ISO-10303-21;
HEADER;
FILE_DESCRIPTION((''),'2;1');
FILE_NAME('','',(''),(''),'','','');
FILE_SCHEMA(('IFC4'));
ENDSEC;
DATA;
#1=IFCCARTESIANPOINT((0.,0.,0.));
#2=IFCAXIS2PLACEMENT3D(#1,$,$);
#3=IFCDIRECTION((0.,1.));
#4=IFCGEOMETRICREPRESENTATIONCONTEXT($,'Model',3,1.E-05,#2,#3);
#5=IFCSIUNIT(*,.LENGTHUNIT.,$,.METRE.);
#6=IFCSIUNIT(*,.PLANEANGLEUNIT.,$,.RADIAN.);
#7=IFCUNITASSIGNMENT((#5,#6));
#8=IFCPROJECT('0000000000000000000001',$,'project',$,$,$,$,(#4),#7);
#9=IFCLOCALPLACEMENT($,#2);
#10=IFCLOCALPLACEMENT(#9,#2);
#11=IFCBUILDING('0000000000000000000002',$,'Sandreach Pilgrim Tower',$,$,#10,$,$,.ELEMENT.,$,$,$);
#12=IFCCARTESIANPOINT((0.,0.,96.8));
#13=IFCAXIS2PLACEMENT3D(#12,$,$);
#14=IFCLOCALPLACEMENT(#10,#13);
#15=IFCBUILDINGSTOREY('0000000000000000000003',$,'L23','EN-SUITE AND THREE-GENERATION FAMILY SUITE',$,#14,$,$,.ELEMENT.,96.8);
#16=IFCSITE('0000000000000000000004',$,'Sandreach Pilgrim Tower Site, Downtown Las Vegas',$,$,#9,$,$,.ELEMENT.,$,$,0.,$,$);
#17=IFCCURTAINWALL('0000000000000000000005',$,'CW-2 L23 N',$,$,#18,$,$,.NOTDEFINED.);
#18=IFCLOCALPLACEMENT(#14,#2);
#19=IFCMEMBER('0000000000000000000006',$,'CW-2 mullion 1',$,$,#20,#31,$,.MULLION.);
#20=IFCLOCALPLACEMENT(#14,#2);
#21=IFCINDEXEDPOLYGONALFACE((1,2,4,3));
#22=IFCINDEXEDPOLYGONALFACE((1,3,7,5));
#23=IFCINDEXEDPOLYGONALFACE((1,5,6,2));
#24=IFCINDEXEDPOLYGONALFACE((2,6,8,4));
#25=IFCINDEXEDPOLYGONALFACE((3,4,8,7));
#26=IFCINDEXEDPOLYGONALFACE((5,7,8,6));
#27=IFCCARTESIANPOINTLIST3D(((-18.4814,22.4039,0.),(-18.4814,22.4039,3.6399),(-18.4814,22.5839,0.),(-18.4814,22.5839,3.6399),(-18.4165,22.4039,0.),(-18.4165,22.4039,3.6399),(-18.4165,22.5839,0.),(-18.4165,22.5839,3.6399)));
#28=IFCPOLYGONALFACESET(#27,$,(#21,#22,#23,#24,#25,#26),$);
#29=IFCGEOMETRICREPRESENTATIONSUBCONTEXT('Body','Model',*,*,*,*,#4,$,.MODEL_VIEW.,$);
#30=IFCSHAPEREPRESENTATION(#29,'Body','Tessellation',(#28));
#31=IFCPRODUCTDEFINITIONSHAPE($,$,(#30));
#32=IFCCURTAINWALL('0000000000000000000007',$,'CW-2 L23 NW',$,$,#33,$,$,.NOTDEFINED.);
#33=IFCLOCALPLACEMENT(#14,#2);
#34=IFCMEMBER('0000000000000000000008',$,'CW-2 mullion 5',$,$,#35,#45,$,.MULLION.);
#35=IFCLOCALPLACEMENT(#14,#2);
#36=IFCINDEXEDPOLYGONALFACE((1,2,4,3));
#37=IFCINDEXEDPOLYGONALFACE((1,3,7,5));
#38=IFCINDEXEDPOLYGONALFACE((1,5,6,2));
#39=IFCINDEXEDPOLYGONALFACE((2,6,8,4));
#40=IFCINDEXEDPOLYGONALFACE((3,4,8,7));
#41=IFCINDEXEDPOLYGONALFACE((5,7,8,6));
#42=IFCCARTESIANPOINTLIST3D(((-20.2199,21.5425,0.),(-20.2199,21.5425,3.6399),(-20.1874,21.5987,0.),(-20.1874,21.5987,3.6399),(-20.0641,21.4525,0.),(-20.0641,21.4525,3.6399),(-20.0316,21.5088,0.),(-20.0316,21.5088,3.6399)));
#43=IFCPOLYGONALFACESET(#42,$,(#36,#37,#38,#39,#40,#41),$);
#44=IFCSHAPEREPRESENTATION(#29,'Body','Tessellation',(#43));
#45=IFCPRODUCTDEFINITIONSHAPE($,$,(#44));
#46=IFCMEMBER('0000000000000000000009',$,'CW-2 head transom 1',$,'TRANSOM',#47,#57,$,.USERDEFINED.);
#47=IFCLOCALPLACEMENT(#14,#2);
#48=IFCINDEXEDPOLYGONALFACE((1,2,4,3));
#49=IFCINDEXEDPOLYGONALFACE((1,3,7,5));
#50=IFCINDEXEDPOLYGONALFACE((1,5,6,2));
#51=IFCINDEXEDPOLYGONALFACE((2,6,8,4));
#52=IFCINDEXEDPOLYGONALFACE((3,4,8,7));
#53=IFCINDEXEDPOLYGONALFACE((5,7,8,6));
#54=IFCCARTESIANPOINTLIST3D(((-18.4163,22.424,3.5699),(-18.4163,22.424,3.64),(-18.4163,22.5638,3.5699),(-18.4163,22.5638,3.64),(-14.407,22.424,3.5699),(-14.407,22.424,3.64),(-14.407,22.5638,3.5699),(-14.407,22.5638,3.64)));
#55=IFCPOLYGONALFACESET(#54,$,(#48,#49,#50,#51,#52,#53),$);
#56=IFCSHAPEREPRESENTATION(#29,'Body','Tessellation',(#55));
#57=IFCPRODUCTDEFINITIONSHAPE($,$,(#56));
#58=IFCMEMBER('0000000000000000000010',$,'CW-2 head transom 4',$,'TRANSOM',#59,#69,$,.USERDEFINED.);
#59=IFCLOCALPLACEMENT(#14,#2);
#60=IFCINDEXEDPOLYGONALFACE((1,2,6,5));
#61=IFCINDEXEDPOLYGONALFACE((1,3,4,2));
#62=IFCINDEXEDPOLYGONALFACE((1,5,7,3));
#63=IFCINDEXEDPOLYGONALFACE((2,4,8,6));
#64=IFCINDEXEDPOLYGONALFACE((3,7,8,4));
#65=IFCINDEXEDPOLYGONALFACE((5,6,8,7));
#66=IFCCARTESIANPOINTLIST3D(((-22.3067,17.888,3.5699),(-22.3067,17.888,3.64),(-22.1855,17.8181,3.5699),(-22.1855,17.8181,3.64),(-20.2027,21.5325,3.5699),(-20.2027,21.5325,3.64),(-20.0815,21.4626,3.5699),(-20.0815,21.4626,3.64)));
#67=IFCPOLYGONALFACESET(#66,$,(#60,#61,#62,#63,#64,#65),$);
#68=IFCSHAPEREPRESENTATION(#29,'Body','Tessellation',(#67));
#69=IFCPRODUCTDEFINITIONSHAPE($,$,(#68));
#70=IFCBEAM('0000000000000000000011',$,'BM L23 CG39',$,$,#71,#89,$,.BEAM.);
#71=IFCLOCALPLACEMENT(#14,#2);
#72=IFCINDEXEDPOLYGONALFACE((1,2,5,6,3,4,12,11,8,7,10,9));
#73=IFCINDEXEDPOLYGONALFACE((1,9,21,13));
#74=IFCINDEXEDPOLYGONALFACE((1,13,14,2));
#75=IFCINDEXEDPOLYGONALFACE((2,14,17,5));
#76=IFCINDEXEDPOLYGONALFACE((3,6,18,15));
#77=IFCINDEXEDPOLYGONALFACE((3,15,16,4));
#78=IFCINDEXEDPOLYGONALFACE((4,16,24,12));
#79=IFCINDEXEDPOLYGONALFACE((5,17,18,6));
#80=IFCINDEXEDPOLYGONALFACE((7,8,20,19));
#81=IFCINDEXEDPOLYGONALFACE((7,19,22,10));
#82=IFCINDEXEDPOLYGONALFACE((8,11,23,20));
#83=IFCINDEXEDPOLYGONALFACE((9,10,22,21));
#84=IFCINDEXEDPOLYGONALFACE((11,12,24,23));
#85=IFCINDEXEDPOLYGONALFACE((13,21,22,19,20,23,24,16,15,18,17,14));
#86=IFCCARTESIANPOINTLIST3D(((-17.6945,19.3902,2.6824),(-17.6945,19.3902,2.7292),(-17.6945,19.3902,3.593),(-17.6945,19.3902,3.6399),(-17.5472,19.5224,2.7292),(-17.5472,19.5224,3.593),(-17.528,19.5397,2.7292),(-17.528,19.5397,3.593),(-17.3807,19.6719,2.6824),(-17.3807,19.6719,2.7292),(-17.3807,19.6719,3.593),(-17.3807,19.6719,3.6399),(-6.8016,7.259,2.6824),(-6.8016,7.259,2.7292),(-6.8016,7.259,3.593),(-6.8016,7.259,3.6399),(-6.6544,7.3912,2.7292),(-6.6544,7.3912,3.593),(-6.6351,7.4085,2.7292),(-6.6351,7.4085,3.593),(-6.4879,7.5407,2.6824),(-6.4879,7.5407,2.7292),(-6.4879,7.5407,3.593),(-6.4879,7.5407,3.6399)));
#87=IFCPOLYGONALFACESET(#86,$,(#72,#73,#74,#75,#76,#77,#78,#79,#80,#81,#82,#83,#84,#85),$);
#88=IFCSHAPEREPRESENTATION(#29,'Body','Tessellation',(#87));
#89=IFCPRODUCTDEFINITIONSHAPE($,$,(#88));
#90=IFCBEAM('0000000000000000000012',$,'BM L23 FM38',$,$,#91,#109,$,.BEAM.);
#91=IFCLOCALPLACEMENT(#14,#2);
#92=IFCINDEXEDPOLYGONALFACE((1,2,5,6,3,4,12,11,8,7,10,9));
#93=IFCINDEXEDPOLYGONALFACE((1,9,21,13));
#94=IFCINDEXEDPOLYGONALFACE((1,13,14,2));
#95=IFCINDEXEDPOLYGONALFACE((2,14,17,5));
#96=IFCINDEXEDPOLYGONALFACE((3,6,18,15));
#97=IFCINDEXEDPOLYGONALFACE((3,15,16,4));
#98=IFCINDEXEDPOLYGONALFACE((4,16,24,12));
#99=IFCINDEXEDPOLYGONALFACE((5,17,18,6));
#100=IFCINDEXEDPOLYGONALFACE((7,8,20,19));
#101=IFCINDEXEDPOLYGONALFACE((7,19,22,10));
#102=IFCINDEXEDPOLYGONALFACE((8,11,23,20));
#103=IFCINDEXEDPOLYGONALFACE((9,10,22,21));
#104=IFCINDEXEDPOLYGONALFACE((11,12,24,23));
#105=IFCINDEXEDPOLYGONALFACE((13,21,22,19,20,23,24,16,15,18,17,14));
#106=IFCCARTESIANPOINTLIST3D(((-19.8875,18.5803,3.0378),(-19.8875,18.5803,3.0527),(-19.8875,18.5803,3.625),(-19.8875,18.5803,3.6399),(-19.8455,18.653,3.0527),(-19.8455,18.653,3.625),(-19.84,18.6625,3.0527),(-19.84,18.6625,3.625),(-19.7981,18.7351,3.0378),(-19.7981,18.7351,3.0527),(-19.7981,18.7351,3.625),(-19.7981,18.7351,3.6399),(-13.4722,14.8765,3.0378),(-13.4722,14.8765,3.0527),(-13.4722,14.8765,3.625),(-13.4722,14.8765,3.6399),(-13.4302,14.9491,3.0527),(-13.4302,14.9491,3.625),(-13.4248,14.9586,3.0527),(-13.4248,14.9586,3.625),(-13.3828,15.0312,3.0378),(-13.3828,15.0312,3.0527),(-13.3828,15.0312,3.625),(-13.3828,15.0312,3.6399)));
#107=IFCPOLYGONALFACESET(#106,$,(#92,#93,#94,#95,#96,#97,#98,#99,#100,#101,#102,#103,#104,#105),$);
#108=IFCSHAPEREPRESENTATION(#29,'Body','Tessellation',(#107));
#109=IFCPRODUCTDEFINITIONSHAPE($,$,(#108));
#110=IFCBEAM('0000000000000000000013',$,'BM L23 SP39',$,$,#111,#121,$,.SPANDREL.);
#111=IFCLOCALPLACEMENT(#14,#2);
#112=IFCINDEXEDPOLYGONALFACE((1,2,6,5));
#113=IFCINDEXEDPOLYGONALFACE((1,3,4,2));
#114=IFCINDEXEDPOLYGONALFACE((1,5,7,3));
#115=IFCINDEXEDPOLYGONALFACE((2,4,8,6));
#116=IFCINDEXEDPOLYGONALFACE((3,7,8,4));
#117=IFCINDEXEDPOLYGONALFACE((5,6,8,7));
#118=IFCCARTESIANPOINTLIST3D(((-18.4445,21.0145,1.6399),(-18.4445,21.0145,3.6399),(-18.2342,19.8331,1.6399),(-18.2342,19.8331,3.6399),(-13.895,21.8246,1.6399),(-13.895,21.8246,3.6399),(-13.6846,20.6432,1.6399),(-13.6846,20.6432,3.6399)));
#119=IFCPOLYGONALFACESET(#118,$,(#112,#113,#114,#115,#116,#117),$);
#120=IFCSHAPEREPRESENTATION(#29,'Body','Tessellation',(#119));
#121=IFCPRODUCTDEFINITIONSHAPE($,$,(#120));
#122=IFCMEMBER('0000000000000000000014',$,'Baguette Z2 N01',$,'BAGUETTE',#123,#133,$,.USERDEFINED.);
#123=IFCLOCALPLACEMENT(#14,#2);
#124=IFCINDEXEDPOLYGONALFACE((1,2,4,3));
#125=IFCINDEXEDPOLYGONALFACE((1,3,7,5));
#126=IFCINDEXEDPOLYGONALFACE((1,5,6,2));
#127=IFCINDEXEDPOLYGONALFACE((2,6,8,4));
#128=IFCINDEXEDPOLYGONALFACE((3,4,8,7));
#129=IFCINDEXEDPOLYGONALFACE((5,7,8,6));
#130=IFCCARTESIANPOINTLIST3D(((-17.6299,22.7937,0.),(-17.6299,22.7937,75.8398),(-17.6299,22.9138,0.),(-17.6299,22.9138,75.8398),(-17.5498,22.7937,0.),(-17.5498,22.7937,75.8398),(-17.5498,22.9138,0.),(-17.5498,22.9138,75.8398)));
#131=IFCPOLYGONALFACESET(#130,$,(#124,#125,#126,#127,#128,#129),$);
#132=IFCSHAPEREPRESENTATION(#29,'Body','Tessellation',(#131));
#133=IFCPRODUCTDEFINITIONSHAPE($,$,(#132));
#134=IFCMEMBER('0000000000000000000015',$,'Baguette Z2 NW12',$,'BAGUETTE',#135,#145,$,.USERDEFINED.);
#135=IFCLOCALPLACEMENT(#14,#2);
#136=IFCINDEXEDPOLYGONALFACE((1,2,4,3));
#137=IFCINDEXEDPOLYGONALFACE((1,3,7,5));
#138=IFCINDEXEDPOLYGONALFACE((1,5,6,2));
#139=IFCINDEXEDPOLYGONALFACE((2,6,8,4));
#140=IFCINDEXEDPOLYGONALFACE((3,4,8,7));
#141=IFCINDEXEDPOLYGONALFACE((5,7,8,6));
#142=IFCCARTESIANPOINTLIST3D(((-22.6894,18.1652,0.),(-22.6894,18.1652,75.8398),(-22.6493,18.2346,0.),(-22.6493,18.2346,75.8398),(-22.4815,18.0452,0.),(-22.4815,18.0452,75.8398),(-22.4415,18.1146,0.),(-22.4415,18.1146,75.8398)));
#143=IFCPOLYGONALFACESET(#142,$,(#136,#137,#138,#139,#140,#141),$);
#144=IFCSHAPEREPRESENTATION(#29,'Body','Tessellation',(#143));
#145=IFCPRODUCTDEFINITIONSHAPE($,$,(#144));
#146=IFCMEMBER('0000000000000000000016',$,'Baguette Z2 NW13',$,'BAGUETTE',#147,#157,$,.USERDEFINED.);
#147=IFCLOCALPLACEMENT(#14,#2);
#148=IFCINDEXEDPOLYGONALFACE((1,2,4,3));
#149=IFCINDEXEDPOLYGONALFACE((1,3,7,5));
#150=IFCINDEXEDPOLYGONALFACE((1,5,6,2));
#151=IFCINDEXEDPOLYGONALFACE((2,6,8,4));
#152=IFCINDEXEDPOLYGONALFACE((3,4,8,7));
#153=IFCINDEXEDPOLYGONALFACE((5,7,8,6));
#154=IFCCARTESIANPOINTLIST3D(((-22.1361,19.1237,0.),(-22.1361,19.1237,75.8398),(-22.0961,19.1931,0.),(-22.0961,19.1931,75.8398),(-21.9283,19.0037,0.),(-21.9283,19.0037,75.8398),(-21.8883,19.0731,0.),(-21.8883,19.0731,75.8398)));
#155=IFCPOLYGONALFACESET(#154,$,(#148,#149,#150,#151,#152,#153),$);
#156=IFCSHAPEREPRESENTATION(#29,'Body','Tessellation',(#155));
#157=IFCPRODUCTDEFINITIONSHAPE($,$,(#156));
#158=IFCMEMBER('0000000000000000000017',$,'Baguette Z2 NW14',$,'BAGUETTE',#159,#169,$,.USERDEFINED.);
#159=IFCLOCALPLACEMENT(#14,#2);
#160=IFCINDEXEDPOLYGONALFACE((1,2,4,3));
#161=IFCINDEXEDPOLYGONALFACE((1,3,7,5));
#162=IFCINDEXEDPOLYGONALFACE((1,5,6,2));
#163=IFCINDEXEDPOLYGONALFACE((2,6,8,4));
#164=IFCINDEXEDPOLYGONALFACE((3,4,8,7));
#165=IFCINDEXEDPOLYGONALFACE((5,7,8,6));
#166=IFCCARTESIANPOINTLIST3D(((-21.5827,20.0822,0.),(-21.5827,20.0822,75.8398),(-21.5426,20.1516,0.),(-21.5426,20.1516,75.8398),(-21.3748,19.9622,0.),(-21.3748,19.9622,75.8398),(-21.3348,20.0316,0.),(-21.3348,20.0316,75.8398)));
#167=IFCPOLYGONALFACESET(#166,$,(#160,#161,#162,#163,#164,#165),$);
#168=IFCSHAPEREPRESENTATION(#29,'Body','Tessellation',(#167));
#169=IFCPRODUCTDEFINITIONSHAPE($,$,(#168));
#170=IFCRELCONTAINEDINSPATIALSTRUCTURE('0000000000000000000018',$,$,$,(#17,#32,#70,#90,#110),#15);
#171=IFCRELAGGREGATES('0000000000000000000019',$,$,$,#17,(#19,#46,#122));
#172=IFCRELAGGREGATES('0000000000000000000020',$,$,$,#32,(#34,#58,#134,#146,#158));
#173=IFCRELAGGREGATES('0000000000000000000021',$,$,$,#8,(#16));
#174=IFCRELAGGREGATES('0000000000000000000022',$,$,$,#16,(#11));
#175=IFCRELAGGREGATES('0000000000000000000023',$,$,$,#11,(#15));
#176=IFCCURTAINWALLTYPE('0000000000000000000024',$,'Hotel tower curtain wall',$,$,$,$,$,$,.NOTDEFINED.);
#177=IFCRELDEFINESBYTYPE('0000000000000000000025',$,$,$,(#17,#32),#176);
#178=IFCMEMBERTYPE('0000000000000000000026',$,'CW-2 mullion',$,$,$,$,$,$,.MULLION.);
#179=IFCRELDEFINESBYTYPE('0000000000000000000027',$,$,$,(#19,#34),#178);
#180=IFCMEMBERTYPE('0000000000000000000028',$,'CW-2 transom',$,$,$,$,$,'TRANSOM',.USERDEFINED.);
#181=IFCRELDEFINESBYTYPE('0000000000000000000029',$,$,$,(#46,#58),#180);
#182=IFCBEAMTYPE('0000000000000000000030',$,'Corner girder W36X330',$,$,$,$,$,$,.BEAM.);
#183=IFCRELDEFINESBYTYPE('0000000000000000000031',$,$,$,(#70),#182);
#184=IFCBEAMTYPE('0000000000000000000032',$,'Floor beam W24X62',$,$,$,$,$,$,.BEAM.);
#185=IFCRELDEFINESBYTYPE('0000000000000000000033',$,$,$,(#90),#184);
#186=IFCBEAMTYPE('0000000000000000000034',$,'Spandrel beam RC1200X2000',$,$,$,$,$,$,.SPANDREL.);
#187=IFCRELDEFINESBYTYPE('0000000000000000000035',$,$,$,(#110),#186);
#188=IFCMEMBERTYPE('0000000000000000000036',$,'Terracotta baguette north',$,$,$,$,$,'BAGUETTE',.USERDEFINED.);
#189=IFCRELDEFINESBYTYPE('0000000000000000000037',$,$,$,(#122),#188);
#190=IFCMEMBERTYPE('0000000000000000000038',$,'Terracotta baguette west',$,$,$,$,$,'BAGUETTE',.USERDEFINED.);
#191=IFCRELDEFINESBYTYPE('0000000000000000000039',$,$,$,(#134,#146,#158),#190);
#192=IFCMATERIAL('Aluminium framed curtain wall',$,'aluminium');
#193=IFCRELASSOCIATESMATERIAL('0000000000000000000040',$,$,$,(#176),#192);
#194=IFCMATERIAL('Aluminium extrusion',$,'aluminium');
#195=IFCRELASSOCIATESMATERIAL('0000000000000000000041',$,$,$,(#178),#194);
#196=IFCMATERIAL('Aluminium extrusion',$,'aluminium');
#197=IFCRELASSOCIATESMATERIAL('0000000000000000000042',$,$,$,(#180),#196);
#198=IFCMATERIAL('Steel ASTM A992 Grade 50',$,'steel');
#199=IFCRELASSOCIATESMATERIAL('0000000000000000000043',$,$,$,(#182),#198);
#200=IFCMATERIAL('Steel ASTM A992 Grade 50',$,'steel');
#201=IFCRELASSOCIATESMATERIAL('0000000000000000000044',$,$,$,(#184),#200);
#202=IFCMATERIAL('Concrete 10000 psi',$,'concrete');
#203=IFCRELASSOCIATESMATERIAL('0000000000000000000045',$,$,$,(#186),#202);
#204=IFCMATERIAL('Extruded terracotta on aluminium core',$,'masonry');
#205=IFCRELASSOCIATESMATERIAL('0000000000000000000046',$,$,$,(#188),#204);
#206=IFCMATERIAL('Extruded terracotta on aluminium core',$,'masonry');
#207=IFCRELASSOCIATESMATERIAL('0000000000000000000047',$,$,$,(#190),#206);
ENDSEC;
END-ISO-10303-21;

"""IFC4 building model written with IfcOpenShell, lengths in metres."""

from ifc_helpers import new_model, si_unit, direction, frame, origin, origin_2d, place, context, subcontext, project, spatial, rectangle, i_section, extrude, material, material_profile, profile_set, type_object, element, aggregate, save


model = new_model("IFC4")

# Units and contexts
model_context = context("Model", 3, precision=1e-05, world=origin(), true_north=direction((0.0, 1.0)))
body_context = subcontext(model_context, "Body", "Model", "MODEL_VIEW")
ifc_project = project(units=[si_unit("LENGTHUNIT", "METRE"), si_unit("PLANEANGLEUNIT", "RADIAN")], contexts=[model_context])

# Site, building, storey
site_placement = place(None, origin())
site = spatial("IfcSite", under=ifc_project, at=site_placement, Name="Sandreach Pilgrim Tower Site, Downtown Las Vegas", CompositionType="ELEMENT", RefElevation=0.0)
building_placement = place(site_placement, origin())
building = spatial("IfcBuilding", under=site, at=building_placement, Name="Sandreach Pilgrim Tower", CompositionType="ELEMENT")
storey_placement = place(building_placement, frame((0.0, 0.0, 96.8)))
storey = spatial("IfcBuildingStorey", under=building, at=storey_placement, Name="L23", Description="EN-SUITE AND THREE-GENERATION FAMILY SUITE", CompositionType="ELEMENT", Elevation=96.8)

# Curtain walls, members
ifc_material_1 = material(Name="Aluminium framed curtain wall", Category="aluminium")
curtain_wall_type = type_object("IfcCurtainWallType", Name="Hotel tower curtain wall", PredefinedType="NOTDEFINED", material=ifc_material_1)
curtain_wall_1_placement = place(storey_placement, origin())
curtain_wall_1 = element("IfcCurtainWall", 1, at=curtain_wall_1_placement, inside=storey, type_object=curtain_wall_type, Name="CW-2 L23 N", PredefinedType="NOTDEFINED")
ifc_material_2 = material(Name="Aluminium extrusion", Category="aluminium")
ifc_material_profile_1 = material_profile(ifc_material_2, rectangle(XDim=0.0649, YDim=0.1799, at=origin_2d()), Name="CW-2M 65X180")
ifc_profile_set_1 = profile_set([ifc_material_profile_1], Name="Aluminium extrusion")
member_type_1 = type_object("IfcMemberType", Name="CW-2 mullion", PredefinedType="MULLION", material=ifc_profile_set_1)
member_1_placement = place(storey_placement, frame((-18.449, 22.4939, 0.0), z_axis=(0.0, 0.0, 1.0), x_axis=(1.0, 0.0, 0.0)))
member_1 = element("IfcMember", 2, at=member_1_placement, type_object=member_type_1, Name="CW-2 mullion 1", PredefinedType="MULLION", context=body_context, shape_type="SweptSolid", body=[
    extrude(rectangle(XDim=0.0649, YDim=0.1799, at=origin_2d()), origin(), (0.0, 0.0, 1.0), 3.6399),
])
curtain_wall_2_placement = place(storey_placement, origin())
curtain_wall_2 = element("IfcCurtainWall", 3, at=curtain_wall_2_placement, inside=storey, type_object=curtain_wall_type, Name="CW-2 L23 NW", PredefinedType="NOTDEFINED")
member_2_placement = place(storey_placement, frame((-20.1257, 21.5256, 0.0), z_axis=(0.0, 0.0, 1.0), x_axis=(0.5, 0.866025, 0.0)))
member_2 = element("IfcMember", 4, at=member_2_placement, type_object=member_type_1, Name="CW-2 mullion 5", PredefinedType="MULLION", context=body_context, shape_type="SweptSolid", body=[
    extrude(rectangle(XDim=0.0649, YDim=0.1799, at=origin_2d()), origin(), (0.0, 0.0, 1.0), 3.6399),
])

# Members
ifc_material_3 = material(Name="Aluminium extrusion", Category="aluminium")
ifc_material_profile_2 = material_profile(ifc_material_3, rectangle(XDim=0.1399, YDim=0.0701, at=origin_2d()), Name="CW-2T 140X70")
ifc_profile_set_2 = profile_set([ifc_material_profile_2], Name="Aluminium extrusion")
member_type_2 = type_object("IfcMemberType", Name="CW-2 transom", ElementType="TRANSOM", PredefinedType="USERDEFINED", material=ifc_profile_set_2)
member_3_placement = place(storey_placement, frame((-18.4163, 22.4939, 3.605), z_axis=(1.0, 0.0, 0.0), x_axis=(0.0, 1.0, 0.0)))
member_3 = element("IfcMember", 5, at=member_3_placement, type_object=member_type_2, Name="CW-2 head transom 1", ObjectType="TRANSOM", PredefinedType="USERDEFINED", context=body_context, shape_type="SweptSolid", body=[
    extrude(rectangle(XDim=0.1399, YDim=0.0701, at=origin_2d()), origin(), (0.0, 0.0, 1.0), 4.0093),
])
member_4_placement = place(storey_placement, frame((-22.2461, 17.853, 3.605), z_axis=(0.49997, 0.866043, 0.0), x_axis=(-0.866043, 0.49997, 0.0)))
member_4 = element("IfcMember", 6, at=member_4_placement, type_object=member_type_2, Name="CW-2 head transom 4", ObjectType="TRANSOM", PredefinedType="USERDEFINED", context=body_context, shape_type="SweptSolid", body=[
    extrude(rectangle(XDim=0.1399, YDim=0.0701, at=origin_2d()), origin(), (0.0, 0.0, 1.0), 4.2083),
])

# Beams
ifc_material_4 = material(Name="Steel ASTM A992 Grade 50", Category="steel")
ifc_material_profile_3 = material_profile(ifc_material_4, i_section(OverallWidth=0.4216, OverallDepth=0.9575, WebThickness=0.0259, FlangeThickness=0.0469, at=origin_2d()), Name="W36X330")
ifc_profile_set_3 = profile_set([ifc_material_profile_3], Name="Steel ASTM A992 Grade 50")
beam_type_1 = type_object("IfcBeamType", Name="Corner girder W36X330", PredefinedType="BEAM", material=ifc_profile_set_3)
beam_1_placement = place(storey_placement, frame((-17.5376, 19.531, 3.1611), z_axis=(0.668111, -0.744061, 0.0), x_axis=(0.744061, 0.668111, 0.0)))
element("IfcBeam", 7, at=beam_1_placement, inside=storey, type_object=beam_type_1, Name="BM L23 CG39", PredefinedType="BEAM", context=body_context, shape_type="SweptSolid", body=[
    extrude(i_section(OverallWidth=0.4216, OverallDepth=0.9575, WebThickness=0.0259, FlangeThickness=0.0469, at=origin_2d()), origin(), (0.0, 0.0, 1.0), 16.304),
])
ifc_material_5 = material(Name="Steel ASTM A992 Grade 50", Category="steel")
ifc_material_profile_4 = material_profile(ifc_material_5, i_section(OverallWidth=0.1787, OverallDepth=0.6021, WebThickness=0.011, FlangeThickness=0.0149, at=origin_2d()), Name="W24X62")
ifc_profile_set_4 = profile_set([ifc_material_profile_4], Name="Steel ASTM A992 Grade 50")
beam_type_2 = type_object("IfcBeamType", Name="Floor beam W24X62", PredefinedType="BEAM", material=ifc_profile_set_4)
beam_2_placement = place(storey_placement, frame((-19.8428, 18.6577, 3.3389), z_axis=(0.866026, -0.499999, 0.0), x_axis=(0.499999, 0.866026, 0.0)))
element("IfcBeam", 8, at=beam_2_placement, inside=storey, type_object=beam_type_2, Name="BM L23 FM38", PredefinedType="BEAM", context=body_context, shape_type="SweptSolid", body=[
    extrude(i_section(OverallWidth=0.1787, OverallDepth=0.6021, WebThickness=0.011, FlangeThickness=0.0149, at=origin_2d()), origin(), (0.0, 0.0, 1.0), 7.4077),
])
ifc_material_6 = material(Name="Concrete 10000 psi", Category="concrete")
ifc_material_profile_5 = material_profile(ifc_material_6, rectangle(XDim=1.2, YDim=2.0, at=origin_2d()), Name="RC1200X2000")
ifc_profile_set_5 = profile_set([ifc_material_profile_5], Name="Concrete 10000 psi")
beam_type_3 = type_object("IfcBeamType", Name="Spandrel beam RC1200X2000", PredefinedType="SPANDREL", material=ifc_profile_set_5)
beam_3_placement = place(storey_placement, frame((-18.3394, 20.4238, 2.6399), z_axis=(0.984516, 0.175295, 0.0), x_axis=(-0.175295, 0.984516, 0.0)))
element("IfcBeam", 9, at=beam_3_placement, inside=storey, type_object=beam_type_3, Name="BM L23 SP39", PredefinedType="SPANDREL", context=body_context, shape_type="SweptSolid", body=[
    extrude(rectangle(XDim=1.2, YDim=2.0, at=origin_2d()), origin(), (0.0, 0.0, 1.0), 4.6211),
])

# Members
ifc_material_7 = material(Name="Extruded terracotta on aluminium core", Category="masonry")
ifc_material_profile_6 = material_profile(ifc_material_7, rectangle(XDim=0.0801, YDim=0.1201, at=origin_2d()), Name="TBN 80X120")
ifc_profile_set_6 = profile_set([ifc_material_profile_6], Name="Extruded terracotta on aluminium core")
member_type_3 = type_object("IfcMemberType", Name="Terracotta baguette north", ElementType="BAGUETTE", PredefinedType="USERDEFINED", material=ifc_profile_set_6)
member_5_placement = place(storey_placement, frame((-17.5898, 22.8538, 0.0), z_axis=(0.0, 0.0, 1.0), x_axis=(1.0, 0.0, 0.0)))
member_5 = element("IfcMember", 10, at=member_5_placement, type_object=member_type_3, Name="Baguette Z2 N01", ObjectType="BAGUETTE", PredefinedType="USERDEFINED", context=body_context, shape_type="SweptSolid", body=[
    extrude(rectangle(XDim=0.0801, YDim=0.1201, at=origin_2d()), origin(), (0.0, 0.0, 1.0), 75.8398),
])
aggregate(curtain_wall_1, [member_1, member_3, member_5])
ifc_material_8 = material(Name="Extruded terracotta on aluminium core", Category="masonry")
ifc_material_profile_7 = material_profile(ifc_material_8, rectangle(XDim=0.0801, YDim=0.24, at=origin_2d()), Name="TBW 80X240")
ifc_profile_set_7 = profile_set([ifc_material_profile_7], Name="Extruded terracotta on aluminium core")
member_type_4 = type_object("IfcMemberType", Name="Terracotta baguette west", ElementType="BAGUETTE", PredefinedType="USERDEFINED", material=ifc_profile_set_7)
member_6_placement = place(storey_placement, frame((-22.5654, 18.1399, 0.0), z_axis=(0.0, 0.0, 1.0), x_axis=(0.5, 0.866025, 0.0)))
member_6 = element("IfcMember", 11, at=member_6_placement, type_object=member_type_4, Name="Baguette Z2 NW12", ObjectType="BAGUETTE", PredefinedType="USERDEFINED", context=body_context, shape_type="SweptSolid", body=[
    extrude(rectangle(XDim=0.0801, YDim=0.24, at=origin_2d()), origin(), (0.0, 0.0, 1.0), 75.8398),
])
member_7_placement = place(storey_placement, frame((-22.0122, 19.0984, 0.0), z_axis=(0.0, 0.0, 1.0), x_axis=(0.5, 0.866025, 0.0)))
member_7 = element("IfcMember", 12, at=member_7_placement, type_object=member_type_4, Name="Baguette Z2 NW13", ObjectType="BAGUETTE", PredefinedType="USERDEFINED", context=body_context, shape_type="SweptSolid", body=[
    extrude(rectangle(XDim=0.0801, YDim=0.24, at=origin_2d()), origin(), (0.0, 0.0, 1.0), 75.8398),
])
member_8_placement = place(storey_placement, frame((-21.4587, 20.0569, 0.0), z_axis=(0.0, 0.0, 1.0), x_axis=(0.5, 0.866025, 0.0)))
member_8 = element("IfcMember", 13, at=member_8_placement, type_object=member_type_4, Name="Baguette Z2 NW14", ObjectType="BAGUETTE", PredefinedType="USERDEFINED", context=body_context, shape_type="SweptSolid", body=[
    extrude(rectangle(XDim=0.0801, YDim=0.24, at=origin_2d()), origin(), (0.0, 0.0, 1.0), 75.8398),
])

aggregate(curtain_wall_2, [member_2, member_4, member_6, member_7, member_8])

save(model, "model.ifc")
